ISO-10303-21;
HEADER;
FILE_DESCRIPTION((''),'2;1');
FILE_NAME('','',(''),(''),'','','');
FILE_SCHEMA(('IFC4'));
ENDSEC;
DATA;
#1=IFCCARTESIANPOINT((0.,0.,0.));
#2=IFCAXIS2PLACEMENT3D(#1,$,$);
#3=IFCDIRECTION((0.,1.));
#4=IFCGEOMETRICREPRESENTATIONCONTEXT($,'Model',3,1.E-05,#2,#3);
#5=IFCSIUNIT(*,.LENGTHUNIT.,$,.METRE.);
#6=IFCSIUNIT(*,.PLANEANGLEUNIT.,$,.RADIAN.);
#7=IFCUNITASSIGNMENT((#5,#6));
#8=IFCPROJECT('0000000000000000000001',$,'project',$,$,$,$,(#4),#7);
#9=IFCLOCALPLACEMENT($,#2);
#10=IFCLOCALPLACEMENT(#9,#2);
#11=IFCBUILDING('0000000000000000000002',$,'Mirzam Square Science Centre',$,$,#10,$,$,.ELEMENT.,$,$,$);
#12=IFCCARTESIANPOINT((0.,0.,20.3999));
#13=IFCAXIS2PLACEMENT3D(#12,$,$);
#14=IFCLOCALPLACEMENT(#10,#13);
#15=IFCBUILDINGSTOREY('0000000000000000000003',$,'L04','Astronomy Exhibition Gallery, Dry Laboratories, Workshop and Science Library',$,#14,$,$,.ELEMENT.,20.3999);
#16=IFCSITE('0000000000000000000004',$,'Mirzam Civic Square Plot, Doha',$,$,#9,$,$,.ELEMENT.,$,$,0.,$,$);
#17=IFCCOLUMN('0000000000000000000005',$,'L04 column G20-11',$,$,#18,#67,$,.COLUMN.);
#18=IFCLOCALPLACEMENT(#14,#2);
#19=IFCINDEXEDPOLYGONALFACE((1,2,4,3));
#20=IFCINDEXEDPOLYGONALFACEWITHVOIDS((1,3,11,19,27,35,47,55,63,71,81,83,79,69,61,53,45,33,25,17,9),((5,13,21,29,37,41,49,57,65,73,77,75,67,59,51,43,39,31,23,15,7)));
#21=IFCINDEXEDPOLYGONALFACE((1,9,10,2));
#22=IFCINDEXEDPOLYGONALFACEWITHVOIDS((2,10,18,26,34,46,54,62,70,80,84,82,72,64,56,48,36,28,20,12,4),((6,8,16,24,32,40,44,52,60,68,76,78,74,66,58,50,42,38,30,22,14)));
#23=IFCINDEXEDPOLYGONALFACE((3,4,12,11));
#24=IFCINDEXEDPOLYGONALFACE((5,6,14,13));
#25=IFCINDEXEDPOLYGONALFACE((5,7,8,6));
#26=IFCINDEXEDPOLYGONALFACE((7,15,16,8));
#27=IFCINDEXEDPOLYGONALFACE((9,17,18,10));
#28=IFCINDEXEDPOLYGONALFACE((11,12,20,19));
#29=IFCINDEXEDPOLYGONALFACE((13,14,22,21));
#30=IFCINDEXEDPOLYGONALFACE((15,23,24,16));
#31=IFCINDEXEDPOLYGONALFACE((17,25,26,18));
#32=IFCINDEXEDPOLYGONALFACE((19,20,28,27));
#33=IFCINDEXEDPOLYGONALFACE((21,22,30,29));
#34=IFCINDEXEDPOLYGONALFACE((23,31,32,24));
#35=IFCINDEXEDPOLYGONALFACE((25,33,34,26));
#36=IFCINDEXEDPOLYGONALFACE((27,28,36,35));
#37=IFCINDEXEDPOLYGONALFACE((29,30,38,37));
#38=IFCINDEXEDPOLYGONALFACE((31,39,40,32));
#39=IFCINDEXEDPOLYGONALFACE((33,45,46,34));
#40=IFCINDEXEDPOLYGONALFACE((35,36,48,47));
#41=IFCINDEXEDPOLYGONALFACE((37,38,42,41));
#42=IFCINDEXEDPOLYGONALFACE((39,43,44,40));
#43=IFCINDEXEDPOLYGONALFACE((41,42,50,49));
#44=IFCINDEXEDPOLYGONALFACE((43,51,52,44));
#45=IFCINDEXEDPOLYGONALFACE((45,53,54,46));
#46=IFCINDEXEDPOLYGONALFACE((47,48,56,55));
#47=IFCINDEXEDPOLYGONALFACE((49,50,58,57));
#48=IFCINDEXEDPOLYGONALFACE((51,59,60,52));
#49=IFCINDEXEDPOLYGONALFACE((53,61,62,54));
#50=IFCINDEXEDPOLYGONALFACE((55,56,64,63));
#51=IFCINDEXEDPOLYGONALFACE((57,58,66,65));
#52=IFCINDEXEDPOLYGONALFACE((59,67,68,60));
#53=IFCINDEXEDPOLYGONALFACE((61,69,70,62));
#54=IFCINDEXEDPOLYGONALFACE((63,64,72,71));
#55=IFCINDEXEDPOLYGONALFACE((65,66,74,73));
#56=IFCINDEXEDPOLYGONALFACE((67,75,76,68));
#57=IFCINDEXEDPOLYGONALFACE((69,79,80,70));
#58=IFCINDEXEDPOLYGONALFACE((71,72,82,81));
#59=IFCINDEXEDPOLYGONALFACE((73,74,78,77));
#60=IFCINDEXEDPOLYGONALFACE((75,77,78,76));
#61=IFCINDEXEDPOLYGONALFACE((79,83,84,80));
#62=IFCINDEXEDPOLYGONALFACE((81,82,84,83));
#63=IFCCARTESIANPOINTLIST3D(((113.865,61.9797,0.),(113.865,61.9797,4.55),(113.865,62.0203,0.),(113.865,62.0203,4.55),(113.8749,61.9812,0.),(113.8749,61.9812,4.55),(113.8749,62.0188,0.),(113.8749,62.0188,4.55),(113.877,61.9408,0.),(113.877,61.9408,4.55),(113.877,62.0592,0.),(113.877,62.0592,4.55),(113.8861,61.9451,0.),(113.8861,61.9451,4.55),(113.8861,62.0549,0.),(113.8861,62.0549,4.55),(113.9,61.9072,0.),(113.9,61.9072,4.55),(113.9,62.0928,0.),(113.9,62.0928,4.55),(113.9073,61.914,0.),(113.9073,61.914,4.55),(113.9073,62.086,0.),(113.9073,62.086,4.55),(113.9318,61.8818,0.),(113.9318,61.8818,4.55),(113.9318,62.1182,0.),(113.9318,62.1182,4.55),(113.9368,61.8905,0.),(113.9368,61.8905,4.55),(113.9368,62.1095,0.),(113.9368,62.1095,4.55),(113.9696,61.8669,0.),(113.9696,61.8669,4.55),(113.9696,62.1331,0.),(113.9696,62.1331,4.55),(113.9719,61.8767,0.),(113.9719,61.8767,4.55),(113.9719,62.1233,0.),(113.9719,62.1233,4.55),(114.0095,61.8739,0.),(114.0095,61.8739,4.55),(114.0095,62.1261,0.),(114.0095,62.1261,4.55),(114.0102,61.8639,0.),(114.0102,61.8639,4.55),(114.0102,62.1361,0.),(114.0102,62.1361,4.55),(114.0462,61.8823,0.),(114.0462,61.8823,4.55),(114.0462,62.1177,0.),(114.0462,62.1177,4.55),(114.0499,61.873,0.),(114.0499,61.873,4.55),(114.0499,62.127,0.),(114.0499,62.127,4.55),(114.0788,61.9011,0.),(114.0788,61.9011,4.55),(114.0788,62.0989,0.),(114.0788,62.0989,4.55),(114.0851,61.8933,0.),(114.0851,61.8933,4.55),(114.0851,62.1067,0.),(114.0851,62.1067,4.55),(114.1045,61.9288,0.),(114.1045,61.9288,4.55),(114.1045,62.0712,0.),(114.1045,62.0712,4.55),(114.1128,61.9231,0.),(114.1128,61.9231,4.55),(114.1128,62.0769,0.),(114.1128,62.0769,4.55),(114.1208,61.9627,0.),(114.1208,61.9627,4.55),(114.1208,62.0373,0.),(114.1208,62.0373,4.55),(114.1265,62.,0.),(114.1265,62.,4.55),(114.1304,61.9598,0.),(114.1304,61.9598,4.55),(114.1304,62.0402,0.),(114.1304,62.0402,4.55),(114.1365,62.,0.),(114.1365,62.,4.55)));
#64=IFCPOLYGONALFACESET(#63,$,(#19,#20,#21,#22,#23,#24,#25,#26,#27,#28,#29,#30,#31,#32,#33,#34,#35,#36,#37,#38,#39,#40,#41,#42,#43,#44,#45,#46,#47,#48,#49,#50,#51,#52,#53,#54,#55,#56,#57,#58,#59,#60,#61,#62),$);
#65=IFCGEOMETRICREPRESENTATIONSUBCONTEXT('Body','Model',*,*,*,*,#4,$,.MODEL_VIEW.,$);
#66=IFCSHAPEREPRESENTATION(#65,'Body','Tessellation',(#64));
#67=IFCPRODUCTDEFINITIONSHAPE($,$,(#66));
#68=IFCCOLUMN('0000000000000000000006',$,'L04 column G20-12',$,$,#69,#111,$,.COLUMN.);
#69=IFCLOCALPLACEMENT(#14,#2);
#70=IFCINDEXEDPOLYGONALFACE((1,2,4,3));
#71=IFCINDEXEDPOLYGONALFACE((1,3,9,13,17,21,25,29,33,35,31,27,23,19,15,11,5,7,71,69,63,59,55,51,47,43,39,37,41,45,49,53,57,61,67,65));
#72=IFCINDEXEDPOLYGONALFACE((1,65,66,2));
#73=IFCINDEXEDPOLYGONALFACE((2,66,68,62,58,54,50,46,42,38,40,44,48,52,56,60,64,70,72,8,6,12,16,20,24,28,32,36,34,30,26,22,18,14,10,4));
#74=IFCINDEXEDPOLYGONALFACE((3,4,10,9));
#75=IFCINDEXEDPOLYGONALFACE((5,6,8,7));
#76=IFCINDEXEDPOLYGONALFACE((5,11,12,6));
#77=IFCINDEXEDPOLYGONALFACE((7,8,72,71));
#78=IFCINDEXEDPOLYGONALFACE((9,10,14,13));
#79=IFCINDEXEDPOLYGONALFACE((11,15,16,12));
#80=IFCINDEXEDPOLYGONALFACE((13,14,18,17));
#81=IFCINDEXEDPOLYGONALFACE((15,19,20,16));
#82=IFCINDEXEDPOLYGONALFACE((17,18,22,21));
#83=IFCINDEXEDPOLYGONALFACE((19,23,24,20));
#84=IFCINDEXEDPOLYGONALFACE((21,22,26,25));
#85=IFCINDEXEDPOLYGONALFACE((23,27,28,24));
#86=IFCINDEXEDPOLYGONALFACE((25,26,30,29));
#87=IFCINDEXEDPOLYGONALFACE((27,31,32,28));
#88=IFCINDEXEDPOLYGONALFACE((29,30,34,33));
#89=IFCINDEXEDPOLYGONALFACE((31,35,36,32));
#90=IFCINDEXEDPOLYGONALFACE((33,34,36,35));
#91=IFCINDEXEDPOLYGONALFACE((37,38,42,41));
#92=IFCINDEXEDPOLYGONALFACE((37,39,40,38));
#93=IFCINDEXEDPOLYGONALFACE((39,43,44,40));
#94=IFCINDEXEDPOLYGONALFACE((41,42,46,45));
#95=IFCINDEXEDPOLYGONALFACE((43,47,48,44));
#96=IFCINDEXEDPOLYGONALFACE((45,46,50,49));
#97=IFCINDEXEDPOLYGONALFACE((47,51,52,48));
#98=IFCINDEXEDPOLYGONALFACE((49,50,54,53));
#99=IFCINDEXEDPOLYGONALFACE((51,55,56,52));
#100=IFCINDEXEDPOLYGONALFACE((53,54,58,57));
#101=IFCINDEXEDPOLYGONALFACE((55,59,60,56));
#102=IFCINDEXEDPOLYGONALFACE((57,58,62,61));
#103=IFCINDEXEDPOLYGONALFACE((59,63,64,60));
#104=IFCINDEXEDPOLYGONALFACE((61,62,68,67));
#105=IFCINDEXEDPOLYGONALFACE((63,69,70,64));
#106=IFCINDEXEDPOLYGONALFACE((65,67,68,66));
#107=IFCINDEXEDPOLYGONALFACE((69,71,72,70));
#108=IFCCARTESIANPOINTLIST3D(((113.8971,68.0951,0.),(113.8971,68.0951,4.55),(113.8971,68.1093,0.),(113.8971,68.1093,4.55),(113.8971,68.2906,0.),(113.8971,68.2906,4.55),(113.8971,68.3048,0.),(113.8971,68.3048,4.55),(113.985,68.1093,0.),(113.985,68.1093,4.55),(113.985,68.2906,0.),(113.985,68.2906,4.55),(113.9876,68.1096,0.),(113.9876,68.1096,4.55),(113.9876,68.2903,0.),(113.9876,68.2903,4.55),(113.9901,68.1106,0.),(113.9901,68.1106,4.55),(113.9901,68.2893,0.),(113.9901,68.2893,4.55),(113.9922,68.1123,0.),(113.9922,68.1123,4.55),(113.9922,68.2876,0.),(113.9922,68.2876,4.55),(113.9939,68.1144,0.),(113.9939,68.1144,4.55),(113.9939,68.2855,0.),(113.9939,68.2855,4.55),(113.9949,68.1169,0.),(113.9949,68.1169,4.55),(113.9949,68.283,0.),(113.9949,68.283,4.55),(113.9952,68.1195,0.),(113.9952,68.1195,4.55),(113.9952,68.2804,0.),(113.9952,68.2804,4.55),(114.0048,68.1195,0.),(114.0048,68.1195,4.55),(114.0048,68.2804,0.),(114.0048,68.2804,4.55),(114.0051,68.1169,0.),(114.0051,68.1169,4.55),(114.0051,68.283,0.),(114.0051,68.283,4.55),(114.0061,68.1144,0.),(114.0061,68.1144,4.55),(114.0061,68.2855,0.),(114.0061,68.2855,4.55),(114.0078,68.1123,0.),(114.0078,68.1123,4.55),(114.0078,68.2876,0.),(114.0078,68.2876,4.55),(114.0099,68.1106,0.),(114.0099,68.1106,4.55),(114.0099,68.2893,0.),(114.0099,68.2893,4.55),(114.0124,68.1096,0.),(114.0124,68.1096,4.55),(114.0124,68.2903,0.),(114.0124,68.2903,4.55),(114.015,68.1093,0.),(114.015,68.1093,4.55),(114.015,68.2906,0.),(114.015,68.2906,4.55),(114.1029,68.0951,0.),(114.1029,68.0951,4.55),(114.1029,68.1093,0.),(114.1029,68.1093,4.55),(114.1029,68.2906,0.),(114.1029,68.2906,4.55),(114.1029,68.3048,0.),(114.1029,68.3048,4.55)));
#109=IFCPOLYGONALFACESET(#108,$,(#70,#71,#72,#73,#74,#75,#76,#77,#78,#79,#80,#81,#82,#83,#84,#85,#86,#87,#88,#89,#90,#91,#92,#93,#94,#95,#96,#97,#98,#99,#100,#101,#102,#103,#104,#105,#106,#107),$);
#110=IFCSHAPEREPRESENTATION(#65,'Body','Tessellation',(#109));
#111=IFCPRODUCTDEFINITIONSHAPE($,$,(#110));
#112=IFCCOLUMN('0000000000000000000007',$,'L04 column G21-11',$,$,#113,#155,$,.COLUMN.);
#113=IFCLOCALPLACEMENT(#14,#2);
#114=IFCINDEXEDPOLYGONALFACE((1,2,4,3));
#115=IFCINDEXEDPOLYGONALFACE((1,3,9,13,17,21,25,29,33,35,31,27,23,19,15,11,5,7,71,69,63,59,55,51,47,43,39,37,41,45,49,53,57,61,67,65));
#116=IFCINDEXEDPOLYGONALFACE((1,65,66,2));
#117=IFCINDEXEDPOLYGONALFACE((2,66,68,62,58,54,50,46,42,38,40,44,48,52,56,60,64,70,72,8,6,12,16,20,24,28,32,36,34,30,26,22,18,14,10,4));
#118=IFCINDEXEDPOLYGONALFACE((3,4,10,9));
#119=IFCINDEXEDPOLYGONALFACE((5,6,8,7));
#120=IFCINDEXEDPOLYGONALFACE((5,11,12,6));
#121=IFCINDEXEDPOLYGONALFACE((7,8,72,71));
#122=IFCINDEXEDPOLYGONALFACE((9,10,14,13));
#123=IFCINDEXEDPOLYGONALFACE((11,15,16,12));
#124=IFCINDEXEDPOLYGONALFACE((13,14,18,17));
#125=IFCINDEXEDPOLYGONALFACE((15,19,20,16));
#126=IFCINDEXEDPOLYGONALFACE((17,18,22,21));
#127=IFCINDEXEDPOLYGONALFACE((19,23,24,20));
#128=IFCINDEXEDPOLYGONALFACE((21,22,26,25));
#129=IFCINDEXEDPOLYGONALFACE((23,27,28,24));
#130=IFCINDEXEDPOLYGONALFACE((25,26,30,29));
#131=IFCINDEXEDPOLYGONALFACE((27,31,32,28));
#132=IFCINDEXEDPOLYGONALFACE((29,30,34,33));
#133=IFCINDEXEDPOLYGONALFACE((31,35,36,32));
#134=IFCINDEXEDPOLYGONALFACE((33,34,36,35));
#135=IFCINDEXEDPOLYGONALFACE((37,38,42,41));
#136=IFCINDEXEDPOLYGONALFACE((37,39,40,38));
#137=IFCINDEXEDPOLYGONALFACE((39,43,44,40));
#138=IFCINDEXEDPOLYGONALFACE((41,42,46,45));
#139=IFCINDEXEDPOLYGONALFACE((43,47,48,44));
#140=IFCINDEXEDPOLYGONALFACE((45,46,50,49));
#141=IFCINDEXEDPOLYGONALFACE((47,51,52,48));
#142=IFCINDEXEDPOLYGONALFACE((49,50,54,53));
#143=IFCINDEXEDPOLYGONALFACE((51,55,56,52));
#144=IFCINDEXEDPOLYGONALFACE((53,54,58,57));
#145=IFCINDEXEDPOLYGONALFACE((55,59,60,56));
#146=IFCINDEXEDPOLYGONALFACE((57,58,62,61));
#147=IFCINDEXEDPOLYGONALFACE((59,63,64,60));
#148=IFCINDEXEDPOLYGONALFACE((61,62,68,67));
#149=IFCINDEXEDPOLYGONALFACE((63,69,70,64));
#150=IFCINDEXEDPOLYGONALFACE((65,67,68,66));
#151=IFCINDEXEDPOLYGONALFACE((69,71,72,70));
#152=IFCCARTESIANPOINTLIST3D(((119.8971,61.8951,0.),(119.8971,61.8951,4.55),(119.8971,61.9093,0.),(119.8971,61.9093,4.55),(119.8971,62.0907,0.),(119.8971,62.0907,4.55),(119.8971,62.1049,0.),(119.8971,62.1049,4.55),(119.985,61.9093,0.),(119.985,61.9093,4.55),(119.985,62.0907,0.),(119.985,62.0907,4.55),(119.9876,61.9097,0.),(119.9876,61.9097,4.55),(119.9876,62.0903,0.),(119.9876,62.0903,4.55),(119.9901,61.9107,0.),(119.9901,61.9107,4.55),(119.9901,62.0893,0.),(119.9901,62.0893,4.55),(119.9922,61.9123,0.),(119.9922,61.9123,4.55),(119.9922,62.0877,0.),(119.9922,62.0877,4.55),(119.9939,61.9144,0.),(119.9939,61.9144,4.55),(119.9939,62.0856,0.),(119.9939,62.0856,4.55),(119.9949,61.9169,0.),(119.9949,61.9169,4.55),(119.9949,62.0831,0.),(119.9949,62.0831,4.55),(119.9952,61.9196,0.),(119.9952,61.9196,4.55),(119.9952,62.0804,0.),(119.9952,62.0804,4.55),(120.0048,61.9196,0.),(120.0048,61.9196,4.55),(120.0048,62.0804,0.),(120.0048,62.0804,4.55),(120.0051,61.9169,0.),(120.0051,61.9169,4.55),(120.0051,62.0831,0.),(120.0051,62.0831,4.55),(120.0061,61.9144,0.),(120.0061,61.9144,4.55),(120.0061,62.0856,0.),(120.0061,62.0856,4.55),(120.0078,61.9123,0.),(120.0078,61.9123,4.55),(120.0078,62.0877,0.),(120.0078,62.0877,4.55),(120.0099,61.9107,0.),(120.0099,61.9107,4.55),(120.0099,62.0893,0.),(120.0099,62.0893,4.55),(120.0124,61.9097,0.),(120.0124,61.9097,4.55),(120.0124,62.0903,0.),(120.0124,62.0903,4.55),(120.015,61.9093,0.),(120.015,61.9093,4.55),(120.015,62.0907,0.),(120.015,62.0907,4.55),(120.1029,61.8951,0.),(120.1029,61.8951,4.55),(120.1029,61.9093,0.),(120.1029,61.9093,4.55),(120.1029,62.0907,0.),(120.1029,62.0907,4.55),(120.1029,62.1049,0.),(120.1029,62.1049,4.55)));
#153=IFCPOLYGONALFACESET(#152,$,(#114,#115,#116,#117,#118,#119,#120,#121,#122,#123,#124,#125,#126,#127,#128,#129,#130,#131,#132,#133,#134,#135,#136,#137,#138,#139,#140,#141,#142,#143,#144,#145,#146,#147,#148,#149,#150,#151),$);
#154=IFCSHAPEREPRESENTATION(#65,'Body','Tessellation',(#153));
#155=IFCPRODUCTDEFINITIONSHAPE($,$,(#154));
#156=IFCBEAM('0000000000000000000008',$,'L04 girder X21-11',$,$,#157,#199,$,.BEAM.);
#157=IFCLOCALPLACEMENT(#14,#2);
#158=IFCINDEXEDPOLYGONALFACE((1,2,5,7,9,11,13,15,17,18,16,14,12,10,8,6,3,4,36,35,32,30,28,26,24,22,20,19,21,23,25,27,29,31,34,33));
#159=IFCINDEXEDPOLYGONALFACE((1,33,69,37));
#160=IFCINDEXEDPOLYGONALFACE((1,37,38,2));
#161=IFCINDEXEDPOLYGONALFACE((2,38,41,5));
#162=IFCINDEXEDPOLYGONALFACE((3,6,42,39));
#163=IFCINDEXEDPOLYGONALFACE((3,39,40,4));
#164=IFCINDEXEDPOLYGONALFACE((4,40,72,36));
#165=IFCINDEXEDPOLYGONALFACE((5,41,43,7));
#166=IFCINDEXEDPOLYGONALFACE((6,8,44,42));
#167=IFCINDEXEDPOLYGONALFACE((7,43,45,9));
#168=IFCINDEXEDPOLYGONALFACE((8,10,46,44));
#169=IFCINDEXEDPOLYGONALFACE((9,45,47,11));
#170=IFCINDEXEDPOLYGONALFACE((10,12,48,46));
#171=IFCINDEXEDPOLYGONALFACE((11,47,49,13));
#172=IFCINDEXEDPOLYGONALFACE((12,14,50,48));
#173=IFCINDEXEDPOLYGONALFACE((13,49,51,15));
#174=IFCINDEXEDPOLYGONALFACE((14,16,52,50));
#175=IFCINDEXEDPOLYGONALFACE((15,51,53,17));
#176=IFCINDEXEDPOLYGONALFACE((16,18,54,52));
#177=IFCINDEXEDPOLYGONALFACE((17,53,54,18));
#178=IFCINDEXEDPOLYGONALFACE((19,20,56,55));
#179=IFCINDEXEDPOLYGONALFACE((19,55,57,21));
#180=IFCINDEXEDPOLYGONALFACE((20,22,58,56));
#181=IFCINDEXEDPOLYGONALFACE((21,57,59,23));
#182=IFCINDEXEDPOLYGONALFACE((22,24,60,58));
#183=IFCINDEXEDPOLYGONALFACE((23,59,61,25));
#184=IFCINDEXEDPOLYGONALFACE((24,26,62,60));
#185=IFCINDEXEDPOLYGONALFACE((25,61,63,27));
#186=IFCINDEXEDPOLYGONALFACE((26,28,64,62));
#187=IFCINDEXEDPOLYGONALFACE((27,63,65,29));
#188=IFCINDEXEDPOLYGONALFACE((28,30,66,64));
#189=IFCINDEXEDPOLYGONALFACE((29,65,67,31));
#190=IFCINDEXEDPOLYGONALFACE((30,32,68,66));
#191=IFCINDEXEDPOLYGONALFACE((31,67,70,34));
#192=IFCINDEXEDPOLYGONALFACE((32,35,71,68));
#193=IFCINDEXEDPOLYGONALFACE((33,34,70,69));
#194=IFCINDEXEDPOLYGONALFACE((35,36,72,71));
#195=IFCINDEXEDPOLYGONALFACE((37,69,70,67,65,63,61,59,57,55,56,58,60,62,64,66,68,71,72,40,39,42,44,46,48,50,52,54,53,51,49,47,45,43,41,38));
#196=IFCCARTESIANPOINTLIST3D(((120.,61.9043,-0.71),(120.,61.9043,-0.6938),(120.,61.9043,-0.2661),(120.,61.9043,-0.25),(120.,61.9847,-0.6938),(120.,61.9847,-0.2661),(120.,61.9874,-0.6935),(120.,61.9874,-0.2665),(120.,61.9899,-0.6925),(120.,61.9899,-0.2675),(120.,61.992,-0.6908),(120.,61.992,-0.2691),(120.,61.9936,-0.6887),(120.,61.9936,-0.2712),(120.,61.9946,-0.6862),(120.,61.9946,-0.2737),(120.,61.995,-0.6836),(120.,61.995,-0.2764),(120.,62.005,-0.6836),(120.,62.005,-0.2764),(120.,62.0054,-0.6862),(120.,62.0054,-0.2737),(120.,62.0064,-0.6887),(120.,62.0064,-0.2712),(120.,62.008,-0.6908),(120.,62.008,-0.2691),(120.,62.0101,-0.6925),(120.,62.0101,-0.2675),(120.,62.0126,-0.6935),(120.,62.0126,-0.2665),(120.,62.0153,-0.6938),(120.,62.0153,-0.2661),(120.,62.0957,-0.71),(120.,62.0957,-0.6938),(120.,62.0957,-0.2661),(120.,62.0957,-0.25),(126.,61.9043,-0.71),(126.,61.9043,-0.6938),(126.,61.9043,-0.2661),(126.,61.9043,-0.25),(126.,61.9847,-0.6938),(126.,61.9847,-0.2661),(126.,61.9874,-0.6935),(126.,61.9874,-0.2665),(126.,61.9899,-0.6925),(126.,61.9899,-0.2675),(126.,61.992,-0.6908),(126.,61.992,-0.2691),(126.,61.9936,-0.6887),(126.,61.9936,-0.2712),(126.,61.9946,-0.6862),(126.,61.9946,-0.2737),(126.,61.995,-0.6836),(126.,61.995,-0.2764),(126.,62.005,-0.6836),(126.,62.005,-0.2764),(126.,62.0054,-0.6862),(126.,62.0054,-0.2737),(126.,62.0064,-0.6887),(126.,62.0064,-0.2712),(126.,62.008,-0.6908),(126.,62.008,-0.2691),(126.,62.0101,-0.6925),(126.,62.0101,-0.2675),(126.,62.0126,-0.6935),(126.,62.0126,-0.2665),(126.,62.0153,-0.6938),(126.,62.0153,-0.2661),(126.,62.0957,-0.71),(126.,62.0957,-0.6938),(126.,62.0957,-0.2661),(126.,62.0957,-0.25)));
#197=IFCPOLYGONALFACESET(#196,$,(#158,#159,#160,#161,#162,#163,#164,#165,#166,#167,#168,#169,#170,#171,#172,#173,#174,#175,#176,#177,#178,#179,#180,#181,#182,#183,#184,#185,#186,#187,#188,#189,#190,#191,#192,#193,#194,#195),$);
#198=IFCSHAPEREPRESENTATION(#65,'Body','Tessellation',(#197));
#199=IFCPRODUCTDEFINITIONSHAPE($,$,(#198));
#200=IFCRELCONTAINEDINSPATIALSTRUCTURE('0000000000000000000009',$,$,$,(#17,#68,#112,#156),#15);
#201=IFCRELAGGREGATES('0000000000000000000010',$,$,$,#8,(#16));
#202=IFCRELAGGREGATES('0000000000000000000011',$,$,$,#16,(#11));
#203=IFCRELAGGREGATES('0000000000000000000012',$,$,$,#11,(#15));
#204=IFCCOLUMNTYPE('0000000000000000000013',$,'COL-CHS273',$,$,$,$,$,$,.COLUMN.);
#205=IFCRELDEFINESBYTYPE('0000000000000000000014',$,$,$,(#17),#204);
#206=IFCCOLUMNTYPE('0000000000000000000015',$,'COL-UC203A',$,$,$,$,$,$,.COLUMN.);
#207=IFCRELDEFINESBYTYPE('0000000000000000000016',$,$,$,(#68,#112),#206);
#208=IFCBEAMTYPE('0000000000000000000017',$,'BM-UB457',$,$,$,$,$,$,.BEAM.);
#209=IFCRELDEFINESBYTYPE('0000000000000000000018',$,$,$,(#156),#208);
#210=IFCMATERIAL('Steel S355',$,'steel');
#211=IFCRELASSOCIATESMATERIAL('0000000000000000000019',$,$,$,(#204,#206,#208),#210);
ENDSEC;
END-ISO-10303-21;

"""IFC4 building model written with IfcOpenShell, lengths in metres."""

from ifc_helpers import new_model, si_unit, direction, frame, origin, origin_2d, place, context, subcontext, project, spatial, hollow_circle, i_section, extrude, material, material_profile, profile_set, type_object, element, save


model = new_model("IFC4")

# Units and contexts
model_context = context("Model", 3, precision=1e-05, world=origin(), true_north=direction((0.0, 1.0)))
body_context = subcontext(model_context, "Body", "Model", "MODEL_VIEW")
ifc_project = project(units=[si_unit("LENGTHUNIT", "METRE"), si_unit("PLANEANGLEUNIT", "RADIAN")], contexts=[model_context])

# Site, building, storey
site_placement = place(None, origin())
site = spatial("IfcSite", under=ifc_project, at=site_placement, Name="Mirzam Civic Square Plot, Doha", CompositionType="ELEMENT", RefElevation=0.0)
building_placement = place(site_placement, origin())
building = spatial("IfcBuilding", under=site, at=building_placement, Name="Mirzam Square Science Centre", CompositionType="ELEMENT")
storey_placement = place(building_placement, frame((0.0, 0.0, 20.3999)))
storey = spatial("IfcBuildingStorey", under=building, at=storey_placement, Name="L04", Description="Astronomy Exhibition Gallery, Dry Laboratories, Workshop and Science Library", CompositionType="ELEMENT", Elevation=20.3999)

# Columns
ifc_material_1 = material(Name="Steel S355", Category="steel")
ifc_material_profile_1 = material_profile(ifc_material_1, hollow_circle(Radius=0.1365, WallThickness=0.01, at=origin_2d()), Name="273.0x10.0CHS")
ifc_profile_set_1 = profile_set([ifc_material_profile_1], Name="Steel S355")
column_type_1 = type_object("IfcColumnType", Name="COL-CHS273", PredefinedType="COLUMN", material=ifc_profile_set_1)
column_placement = place(storey_placement, frame((114.0, 62.0, 0.0), z_axis=(0.0, 0.0, 1.0), x_axis=(1.0, 0.0, 0.0)))
element("IfcColumn", 1, at=column_placement, inside=storey, type_object=column_type_1, Name="L04 column G20-11", PredefinedType="COLUMN", context=body_context, shape_type="SweptSolid", body=[
    extrude(hollow_circle(Radius=0.1365, WallThickness=0.01, at=origin_2d()), origin(), (0.0, 0.0, 1.0), 4.55),
])
ifc_material_profile_2 = material_profile(ifc_material_1, i_section(OverallWidth=0.2058, OverallDepth=0.2097, WebThickness=0.0095, FlangeThickness=0.0142, FilletRadius=0.0103, at=origin_2d()), Name="203x203x60UC")
ifc_profile_set_2 = profile_set([ifc_material_profile_2], Name="Steel S355")
column_type_2 = type_object("IfcColumnType", Name="COL-UC203A", PredefinedType="COLUMN", material=ifc_profile_set_2)
for number, where, z_axis, x_axis, name in (
    (2, (114.0, 68.2, 0.0), (0.0, 0.0, 1.0), (1.0, 0.0, 0.0), "L04 column G20-12"),
    (3, (120.0, 62.0, 0.0), (0.0, 0.0, 1.0), (1.0, 0.0, 0.0), "L04 column G21-11"),
):
    element("IfcColumn", number, at=place(storey_placement, frame(where, z_axis=z_axis, x_axis=x_axis)), inside=storey, type_object=column_type_2, Name=name, PredefinedType="COLUMN", context=body_context, shape_type="SweptSolid", body=[
        extrude(i_section(OverallWidth=0.2058, OverallDepth=0.2097, WebThickness=0.0095, FlangeThickness=0.0142, FilletRadius=0.0103, at=origin_2d()), origin(), (0.0, 0.0, 1.0), 4.55),
    ])

# Beam
ifc_material_profile_3 = material_profile(ifc_material_1, i_section(OverallWidth=0.1914, OverallDepth=0.46, WebThickness=0.01, FlangeThickness=0.0161, FilletRadius=0.0103, at=origin_2d()), Name="457x191x82UB")
ifc_profile_set_3 = profile_set([ifc_material_profile_3], Name="Steel S355")
beam_type_1 = type_object("IfcBeamType", Name="BM-UB457", PredefinedType="BEAM", material=ifc_profile_set_3)
for number, where, z_axis, x_axis, name in (
    (4, (120.0, 62.0, -0.48), (1.0, 0.0, 0.0), (0.0, 1.0, 0.0), "L04 girder X21-11"),
):
    element("IfcBeam", number, at=place(storey_placement, frame(where, z_axis=z_axis, x_axis=x_axis)), inside=storey, type_object=beam_type_1, Name=name, PredefinedType="BEAM", context=body_context, shape_type="SweptSolid", body=[
        extrude(i_section(OverallWidth=0.1914, OverallDepth=0.46, WebThickness=0.01, FlangeThickness=0.0161, FilletRadius=0.0103, at=origin_2d()), origin(), (0.0, 0.0, 1.0), 6.0),
    ])

save(model, "model.ifc")
